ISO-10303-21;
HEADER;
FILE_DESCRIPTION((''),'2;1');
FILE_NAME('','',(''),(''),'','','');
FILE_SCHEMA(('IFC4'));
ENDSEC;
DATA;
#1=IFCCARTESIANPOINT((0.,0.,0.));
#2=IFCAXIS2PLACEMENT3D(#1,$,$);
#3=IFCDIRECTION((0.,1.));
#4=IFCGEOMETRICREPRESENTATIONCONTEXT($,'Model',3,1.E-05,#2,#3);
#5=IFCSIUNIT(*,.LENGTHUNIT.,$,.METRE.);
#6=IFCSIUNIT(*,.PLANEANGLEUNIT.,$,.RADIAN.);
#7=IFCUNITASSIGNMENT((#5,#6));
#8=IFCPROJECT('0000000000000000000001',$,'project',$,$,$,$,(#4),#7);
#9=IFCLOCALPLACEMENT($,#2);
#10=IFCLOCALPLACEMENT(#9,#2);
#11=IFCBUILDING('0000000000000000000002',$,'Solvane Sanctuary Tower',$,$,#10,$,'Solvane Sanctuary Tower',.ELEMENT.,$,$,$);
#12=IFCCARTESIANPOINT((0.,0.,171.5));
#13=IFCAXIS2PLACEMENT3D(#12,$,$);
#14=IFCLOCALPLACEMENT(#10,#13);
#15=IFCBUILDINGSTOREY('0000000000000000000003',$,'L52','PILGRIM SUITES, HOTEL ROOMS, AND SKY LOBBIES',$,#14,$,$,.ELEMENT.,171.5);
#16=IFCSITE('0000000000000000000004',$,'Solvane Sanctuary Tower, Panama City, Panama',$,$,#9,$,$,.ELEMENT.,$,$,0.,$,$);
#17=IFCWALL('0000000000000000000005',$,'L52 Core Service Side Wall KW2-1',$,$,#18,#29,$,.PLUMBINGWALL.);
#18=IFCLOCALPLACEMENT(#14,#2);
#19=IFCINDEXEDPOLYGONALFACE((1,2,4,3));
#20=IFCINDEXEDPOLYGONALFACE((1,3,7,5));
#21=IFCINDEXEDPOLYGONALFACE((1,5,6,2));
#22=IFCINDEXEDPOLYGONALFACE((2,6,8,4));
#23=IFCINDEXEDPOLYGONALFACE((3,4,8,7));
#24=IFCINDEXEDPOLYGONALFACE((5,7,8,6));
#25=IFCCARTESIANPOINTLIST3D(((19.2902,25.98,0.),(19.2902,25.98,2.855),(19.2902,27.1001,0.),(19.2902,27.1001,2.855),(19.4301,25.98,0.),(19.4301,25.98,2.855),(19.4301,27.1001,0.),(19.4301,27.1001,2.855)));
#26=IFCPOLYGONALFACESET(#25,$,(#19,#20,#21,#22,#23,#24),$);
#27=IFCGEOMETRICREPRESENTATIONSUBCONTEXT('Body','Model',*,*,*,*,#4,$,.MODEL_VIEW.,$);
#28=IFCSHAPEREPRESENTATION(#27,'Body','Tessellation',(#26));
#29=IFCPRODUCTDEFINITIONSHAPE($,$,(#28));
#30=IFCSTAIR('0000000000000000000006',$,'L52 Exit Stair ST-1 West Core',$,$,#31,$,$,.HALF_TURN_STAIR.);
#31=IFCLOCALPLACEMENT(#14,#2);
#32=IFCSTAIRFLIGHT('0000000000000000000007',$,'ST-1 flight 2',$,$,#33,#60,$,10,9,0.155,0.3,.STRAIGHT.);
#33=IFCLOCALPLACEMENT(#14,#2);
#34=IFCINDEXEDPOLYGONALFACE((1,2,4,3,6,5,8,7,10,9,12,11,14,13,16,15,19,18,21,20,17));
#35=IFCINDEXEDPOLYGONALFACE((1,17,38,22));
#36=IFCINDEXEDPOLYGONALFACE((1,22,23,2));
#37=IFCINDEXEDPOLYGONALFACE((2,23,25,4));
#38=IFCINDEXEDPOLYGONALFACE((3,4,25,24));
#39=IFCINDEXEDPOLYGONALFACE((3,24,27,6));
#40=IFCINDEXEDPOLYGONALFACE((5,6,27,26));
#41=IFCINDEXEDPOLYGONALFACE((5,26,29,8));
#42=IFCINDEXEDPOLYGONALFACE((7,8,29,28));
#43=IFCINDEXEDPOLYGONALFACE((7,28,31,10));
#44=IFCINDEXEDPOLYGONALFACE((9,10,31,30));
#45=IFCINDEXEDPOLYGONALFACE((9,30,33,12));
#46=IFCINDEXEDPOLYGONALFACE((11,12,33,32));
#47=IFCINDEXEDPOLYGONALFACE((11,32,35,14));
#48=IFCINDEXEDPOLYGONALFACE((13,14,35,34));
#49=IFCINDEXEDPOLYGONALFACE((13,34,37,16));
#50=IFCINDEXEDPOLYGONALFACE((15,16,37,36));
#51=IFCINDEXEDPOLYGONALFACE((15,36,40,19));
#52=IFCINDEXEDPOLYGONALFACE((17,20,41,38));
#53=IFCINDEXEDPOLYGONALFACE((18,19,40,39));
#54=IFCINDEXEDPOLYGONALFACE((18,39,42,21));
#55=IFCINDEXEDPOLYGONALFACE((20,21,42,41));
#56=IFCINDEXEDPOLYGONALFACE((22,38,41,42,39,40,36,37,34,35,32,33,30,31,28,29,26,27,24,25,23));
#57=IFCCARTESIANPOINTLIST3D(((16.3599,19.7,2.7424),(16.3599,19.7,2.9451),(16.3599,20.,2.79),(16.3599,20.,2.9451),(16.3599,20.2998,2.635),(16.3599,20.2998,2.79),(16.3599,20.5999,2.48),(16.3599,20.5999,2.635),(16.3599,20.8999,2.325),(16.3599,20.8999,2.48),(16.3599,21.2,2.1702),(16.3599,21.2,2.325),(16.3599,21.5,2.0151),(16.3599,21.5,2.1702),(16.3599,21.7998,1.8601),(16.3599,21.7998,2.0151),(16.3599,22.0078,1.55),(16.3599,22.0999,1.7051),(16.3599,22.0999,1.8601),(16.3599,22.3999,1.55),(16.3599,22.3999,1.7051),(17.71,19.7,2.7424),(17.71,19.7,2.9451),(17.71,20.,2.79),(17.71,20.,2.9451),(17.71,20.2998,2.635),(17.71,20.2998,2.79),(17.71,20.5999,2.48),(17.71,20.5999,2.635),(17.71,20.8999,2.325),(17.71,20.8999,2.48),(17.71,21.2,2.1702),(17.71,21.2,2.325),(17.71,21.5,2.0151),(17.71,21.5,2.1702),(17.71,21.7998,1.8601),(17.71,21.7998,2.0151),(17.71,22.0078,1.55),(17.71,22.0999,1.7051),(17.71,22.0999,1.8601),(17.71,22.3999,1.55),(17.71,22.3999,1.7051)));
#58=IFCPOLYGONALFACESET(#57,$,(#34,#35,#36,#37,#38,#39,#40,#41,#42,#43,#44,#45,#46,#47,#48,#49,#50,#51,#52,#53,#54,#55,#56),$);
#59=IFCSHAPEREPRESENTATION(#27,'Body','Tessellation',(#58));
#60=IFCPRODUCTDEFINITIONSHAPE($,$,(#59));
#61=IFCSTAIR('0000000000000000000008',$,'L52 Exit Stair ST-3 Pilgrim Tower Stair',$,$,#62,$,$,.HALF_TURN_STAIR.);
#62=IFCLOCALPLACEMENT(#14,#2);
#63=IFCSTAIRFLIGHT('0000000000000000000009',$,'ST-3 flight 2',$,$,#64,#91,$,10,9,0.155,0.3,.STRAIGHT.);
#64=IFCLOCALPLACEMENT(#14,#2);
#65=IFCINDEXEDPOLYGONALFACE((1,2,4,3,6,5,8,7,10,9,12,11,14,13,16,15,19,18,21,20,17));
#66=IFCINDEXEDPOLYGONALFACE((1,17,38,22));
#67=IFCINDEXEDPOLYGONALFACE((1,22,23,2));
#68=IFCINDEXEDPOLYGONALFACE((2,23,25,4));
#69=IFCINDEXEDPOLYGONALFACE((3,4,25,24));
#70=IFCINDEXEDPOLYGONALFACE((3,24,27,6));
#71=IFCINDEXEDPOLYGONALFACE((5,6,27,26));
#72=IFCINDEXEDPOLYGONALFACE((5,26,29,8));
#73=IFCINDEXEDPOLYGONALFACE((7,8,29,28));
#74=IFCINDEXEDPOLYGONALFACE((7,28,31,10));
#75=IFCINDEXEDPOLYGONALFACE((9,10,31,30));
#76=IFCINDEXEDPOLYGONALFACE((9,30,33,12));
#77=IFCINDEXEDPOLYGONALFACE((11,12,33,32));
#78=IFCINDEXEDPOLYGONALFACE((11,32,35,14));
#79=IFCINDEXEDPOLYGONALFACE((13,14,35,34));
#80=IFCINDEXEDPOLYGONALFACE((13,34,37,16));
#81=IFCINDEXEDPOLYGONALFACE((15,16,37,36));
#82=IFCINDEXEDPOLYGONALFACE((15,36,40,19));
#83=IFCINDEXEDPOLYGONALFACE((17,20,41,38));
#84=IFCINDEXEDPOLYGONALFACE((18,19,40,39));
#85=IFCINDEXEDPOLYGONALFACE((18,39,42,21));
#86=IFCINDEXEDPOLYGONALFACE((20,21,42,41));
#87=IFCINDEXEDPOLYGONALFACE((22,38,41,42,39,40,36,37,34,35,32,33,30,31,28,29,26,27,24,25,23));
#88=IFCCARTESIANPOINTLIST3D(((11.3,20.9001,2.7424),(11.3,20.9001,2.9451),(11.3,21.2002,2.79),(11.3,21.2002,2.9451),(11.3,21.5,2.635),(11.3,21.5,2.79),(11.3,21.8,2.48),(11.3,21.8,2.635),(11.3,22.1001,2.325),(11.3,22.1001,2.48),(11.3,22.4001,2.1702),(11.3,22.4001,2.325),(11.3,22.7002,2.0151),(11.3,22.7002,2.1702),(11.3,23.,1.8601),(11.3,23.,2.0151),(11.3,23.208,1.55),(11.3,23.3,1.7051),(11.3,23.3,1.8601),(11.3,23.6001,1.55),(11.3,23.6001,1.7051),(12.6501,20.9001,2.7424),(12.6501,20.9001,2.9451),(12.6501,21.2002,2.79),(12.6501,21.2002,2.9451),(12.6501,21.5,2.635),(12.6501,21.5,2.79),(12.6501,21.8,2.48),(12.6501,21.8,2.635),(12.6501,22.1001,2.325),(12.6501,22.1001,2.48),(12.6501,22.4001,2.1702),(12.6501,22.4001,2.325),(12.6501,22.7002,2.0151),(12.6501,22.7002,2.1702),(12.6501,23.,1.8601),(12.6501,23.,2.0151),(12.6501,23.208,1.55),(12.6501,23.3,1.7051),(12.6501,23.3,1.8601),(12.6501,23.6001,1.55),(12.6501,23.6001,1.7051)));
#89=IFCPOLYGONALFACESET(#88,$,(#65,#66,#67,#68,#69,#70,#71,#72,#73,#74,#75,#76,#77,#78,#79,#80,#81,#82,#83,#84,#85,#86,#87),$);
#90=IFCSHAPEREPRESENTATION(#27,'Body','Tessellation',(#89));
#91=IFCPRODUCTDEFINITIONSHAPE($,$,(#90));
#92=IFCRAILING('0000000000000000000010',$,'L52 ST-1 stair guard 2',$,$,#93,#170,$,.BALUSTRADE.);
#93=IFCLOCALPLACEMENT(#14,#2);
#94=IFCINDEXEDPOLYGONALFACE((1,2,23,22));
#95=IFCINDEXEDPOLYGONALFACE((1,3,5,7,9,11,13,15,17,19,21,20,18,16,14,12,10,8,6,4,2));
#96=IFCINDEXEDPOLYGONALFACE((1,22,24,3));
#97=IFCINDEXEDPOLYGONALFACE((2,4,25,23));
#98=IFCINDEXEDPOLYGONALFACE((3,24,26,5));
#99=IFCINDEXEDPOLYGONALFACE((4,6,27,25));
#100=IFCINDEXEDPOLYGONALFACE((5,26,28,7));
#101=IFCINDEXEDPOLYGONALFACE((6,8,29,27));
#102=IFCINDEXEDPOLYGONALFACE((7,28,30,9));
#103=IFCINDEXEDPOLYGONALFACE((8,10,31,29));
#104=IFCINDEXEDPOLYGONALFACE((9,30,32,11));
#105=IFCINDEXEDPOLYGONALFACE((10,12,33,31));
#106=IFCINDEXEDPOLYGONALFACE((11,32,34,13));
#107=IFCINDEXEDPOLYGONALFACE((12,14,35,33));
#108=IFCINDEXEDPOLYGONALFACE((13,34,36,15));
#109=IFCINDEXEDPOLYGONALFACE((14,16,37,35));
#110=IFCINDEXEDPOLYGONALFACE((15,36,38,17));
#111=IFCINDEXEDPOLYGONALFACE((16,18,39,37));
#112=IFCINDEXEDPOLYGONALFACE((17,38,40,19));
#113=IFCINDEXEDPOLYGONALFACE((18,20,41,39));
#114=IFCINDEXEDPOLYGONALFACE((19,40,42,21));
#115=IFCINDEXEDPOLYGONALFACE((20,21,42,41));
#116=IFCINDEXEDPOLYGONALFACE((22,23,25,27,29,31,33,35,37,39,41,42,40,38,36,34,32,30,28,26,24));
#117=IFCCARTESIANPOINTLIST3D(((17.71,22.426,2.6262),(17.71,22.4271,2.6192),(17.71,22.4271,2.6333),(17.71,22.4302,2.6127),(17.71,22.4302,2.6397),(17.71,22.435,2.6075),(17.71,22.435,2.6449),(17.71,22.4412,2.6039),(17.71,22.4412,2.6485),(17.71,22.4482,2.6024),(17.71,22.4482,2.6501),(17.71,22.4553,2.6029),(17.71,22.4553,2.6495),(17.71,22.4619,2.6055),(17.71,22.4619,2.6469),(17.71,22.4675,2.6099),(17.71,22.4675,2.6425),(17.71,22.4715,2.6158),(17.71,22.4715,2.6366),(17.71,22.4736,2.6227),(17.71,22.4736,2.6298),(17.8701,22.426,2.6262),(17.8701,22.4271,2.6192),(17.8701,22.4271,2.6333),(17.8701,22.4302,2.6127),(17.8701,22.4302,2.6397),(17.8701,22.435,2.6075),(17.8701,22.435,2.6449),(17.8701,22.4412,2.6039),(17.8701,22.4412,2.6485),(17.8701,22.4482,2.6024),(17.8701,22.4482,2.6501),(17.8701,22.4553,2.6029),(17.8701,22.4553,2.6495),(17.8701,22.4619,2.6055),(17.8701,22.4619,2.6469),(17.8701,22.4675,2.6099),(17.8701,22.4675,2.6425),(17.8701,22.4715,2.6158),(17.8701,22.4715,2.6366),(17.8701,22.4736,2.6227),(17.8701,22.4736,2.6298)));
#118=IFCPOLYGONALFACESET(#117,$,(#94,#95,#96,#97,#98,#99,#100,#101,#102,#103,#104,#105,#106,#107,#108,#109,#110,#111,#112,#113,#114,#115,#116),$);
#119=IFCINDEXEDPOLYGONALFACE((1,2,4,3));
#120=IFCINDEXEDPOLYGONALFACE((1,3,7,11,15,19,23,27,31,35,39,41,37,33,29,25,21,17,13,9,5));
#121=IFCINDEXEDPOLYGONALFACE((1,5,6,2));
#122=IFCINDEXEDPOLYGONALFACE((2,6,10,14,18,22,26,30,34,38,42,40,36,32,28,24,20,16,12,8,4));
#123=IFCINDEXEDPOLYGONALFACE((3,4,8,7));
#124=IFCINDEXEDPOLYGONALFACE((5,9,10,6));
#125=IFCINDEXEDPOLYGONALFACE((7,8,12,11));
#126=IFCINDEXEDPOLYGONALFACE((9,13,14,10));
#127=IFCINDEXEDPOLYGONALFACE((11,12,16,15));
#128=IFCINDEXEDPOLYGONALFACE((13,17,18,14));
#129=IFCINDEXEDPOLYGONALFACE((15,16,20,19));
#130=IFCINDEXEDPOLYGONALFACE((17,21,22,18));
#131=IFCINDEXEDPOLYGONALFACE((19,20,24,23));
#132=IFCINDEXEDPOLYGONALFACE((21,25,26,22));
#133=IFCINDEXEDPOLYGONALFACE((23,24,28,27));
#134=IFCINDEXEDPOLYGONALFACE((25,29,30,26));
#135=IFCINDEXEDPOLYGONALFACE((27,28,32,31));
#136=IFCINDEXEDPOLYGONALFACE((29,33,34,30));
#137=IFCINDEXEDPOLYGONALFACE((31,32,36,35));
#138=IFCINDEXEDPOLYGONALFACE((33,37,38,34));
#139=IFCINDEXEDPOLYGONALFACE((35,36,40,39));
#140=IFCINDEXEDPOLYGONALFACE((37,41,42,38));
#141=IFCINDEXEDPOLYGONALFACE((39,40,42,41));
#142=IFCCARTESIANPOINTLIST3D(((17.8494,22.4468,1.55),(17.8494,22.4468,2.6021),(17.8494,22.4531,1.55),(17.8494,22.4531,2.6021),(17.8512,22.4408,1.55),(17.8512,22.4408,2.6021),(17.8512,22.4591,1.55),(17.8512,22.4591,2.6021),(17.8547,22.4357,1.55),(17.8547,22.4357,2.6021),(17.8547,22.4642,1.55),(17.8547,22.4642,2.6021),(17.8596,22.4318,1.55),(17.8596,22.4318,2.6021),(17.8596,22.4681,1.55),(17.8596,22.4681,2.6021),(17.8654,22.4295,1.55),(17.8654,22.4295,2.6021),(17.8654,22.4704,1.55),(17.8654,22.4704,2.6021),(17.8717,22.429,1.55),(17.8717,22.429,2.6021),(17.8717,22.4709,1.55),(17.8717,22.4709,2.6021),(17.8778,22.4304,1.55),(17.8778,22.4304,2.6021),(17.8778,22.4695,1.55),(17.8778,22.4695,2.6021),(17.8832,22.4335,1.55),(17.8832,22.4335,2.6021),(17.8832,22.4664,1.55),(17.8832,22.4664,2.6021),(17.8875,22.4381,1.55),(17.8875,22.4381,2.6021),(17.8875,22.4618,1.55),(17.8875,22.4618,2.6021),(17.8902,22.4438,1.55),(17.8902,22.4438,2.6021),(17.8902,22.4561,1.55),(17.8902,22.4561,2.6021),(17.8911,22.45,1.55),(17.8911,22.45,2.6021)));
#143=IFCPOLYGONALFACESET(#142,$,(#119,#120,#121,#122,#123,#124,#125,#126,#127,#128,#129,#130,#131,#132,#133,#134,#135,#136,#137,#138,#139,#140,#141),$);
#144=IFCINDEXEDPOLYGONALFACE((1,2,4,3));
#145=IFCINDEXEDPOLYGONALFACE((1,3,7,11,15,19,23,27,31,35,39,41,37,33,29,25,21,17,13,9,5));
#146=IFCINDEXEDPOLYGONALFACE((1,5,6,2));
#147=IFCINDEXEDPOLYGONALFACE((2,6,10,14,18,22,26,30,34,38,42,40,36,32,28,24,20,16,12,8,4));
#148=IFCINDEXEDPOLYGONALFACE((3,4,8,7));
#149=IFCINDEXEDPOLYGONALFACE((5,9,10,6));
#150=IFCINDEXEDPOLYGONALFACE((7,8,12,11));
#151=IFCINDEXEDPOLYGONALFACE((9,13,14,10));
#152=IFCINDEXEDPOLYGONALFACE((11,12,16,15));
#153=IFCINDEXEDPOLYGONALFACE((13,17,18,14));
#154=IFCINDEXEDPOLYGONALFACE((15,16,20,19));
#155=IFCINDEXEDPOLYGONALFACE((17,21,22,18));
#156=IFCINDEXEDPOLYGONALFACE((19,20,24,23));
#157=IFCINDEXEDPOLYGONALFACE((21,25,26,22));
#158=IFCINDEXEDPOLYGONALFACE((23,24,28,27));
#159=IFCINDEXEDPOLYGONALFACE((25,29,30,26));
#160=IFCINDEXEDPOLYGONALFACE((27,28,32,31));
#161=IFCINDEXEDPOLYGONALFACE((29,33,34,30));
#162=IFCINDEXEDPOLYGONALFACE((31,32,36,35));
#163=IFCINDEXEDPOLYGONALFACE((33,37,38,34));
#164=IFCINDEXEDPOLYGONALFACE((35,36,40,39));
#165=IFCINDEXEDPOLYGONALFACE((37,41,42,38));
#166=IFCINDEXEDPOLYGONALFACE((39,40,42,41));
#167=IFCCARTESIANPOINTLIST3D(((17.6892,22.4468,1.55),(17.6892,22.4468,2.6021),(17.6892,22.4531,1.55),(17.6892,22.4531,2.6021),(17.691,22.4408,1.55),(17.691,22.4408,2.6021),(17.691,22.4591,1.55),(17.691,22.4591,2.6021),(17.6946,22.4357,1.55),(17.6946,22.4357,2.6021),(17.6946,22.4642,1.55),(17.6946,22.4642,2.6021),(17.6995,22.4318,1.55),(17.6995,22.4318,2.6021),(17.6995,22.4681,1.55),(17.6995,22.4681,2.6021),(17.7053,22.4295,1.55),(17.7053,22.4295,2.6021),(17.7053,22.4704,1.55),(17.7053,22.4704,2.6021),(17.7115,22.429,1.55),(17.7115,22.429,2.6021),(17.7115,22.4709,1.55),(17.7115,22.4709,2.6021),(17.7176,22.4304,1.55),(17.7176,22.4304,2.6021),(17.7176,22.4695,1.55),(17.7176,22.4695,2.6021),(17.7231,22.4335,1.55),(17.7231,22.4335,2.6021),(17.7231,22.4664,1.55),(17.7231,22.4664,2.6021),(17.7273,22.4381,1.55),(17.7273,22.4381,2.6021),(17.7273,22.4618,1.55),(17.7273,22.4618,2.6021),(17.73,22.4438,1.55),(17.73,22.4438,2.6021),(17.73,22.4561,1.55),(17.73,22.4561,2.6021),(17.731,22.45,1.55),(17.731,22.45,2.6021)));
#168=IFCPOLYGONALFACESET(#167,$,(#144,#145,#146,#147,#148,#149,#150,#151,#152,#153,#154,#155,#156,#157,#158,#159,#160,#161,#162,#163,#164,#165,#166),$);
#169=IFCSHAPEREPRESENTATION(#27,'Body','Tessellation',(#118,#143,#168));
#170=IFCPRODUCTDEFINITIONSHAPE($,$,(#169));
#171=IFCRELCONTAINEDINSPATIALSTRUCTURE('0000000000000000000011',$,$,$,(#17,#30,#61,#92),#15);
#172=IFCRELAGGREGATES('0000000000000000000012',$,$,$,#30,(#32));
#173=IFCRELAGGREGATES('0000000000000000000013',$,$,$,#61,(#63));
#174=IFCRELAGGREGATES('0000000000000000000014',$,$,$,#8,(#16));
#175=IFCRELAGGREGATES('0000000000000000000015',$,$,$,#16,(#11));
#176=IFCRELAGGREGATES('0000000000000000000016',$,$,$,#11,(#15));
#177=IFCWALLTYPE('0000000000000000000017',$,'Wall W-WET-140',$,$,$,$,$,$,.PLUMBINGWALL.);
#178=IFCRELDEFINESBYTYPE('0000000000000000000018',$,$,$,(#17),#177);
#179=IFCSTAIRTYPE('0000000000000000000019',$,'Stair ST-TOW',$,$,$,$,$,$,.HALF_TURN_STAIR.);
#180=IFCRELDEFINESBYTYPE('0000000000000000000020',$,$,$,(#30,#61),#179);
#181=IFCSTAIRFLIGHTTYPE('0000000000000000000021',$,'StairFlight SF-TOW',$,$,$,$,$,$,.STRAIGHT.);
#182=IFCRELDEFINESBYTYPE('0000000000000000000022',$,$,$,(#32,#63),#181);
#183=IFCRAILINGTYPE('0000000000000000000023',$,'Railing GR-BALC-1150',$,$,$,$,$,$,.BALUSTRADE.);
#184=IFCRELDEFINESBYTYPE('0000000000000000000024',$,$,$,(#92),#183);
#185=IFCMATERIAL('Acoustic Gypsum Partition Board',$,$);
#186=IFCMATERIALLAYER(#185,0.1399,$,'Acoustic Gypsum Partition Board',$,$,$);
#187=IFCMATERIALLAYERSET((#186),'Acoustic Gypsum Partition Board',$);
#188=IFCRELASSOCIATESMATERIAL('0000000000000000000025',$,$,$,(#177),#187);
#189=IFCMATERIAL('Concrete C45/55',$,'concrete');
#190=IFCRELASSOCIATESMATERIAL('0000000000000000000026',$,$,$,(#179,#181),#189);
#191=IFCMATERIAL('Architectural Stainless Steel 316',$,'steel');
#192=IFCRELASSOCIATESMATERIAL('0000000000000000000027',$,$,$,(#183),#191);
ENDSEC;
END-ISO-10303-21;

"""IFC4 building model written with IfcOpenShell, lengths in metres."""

from ifc_helpers import new_model, si_unit, direction, frame, frame_2d, origin, origin_2d, place, context, subcontext, project, spatial, polyline, rectangle, circle, outline, extrude, material, layer, layer_set, type_object, element, aggregate, save


model = new_model("IFC4")

# Units and contexts
model_context = context("Model", 3, precision=1e-05, world=origin(), true_north=direction((0.0, 1.0)))
body_context = subcontext(model_context, "Body", "Model", "MODEL_VIEW")
ifc_project = project(units=[si_unit("LENGTHUNIT", "METRE"), si_unit("PLANEANGLEUNIT", "RADIAN")], contexts=[model_context])

# Site, building, storey
site_placement = place(None, origin())
site = spatial("IfcSite", under=ifc_project, at=site_placement, Name="Solvane Sanctuary Tower, Panama City, Panama", CompositionType="ELEMENT", RefElevation=0.0)
building_placement = place(site_placement, origin())
building = spatial("IfcBuilding", under=site, at=building_placement, Name="Solvane Sanctuary Tower", LongName="Solvane Sanctuary Tower", CompositionType="ELEMENT")
storey_placement = place(building_placement, frame((0.0, 0.0, 171.5)))
storey = spatial("IfcBuildingStorey", under=building, at=storey_placement, Name="L52", Description="PILGRIM SUITES, HOTEL ROOMS, AND SKY LOBBIES", CompositionType="ELEMENT", Elevation=171.5)

# Shared definitions
ifc_material_1 = material(Name="Acoustic Gypsum Partition Board")

# Shared definitions
ifc_material_2 = material(Name="Architectural Stainless Steel 316", Category="steel")

# Wall
ifc_layer_1 = layer(ifc_material_1, 0.1399, Name="Acoustic Gypsum Partition Board")
ifc_layer_set_1 = layer_set([ifc_layer_1], Name="Acoustic Gypsum Partition Board")
wall_type_1 = type_object("IfcWallType", Name="Wall W-WET-140", PredefinedType="PLUMBINGWALL", material=ifc_layer_set_1)
wall_1_placement = place(storey_placement, frame((19.3601, 25.98, 0.0), z_axis=(0.0, 0.0, 1.0), x_axis=(0.0, 1.0, 0.0)))
element("IfcWall", 1, at=wall_1_placement, inside=storey, type_object=wall_type_1, Name="L52 Core Service Side Wall KW2-1", PredefinedType="PLUMBINGWALL", context=body_context, shape_type="SweptSolid", body=[
    extrude(rectangle(XDim=1.1201, YDim=0.1399, at=frame_2d((0.5601, 0.0))), origin(), (0.0, 0.0, 1.0), 2.855),
])

# Stairs, stair flights
ifc_material_3 = material(Name="Concrete C45/55", Category="concrete")
stair_type = type_object("IfcStairType", Name="Stair ST-TOW", PredefinedType="HALF_TURN_STAIR", material=ifc_material_3)
stair_1_placement = place(storey_placement, origin())
stair_1 = element("IfcStair", 2, at=stair_1_placement, inside=storey, type_object=stair_type, Name="L52 Exit Stair ST-1 West Core", PredefinedType="HALF_TURN_STAIR")
stair_flight_type = type_object("IfcStairFlightType", Name="StairFlight SF-TOW", PredefinedType="STRAIGHT", material=ifc_material_3)
stair_flight_1_placement = place(storey_placement, frame((17.0349, 22.3999, 1.55), z_axis=(0.0, 0.0, 1.0), x_axis=(0.0, -1.0, 0.0)))
stair_flight_1 = element("IfcStairFlight", 3, at=stair_flight_1_placement, type_object=stair_flight_type, Name="ST-1 flight 2", NumberOfRisers=10, NumberOfTreads=9, PredefinedType="STRAIGHT", RiserHeight=0.155, TreadLength=0.3, context=body_context, shape_type="SweptSolid", body=[
    extrude(outline(polyline([(0.0, 0.0), (0.0, 0.155), (0.3, 0.155), (0.3, 0.3101), (0.6001, 0.3101), (0.6001, 0.4651), (0.8999, 0.4651), (0.8999, 0.6201), (1.2, 0.6201), (1.2, 0.7749), (1.5, 0.7749), (1.5, 0.9299), (1.8, 0.9299), (1.8, 1.085), (2.1001, 1.085), (2.1001, 1.24), (2.3999, 1.24), (2.3999, 1.395), (2.7, 1.395), (2.7, 1.55), (2.7, 1.1924), (0.3921, 0.0), (0.0, 0.0)])), frame((0.0, 0.675, 0.0), z_axis=(0.0, -1.0, 0.0), x_axis=(1.0, 0.0, 0.0)), (0.0, 0.0, 1.0), 1.3501),
])
aggregate(stair_1, [stair_flight_1])
stair_2_placement = place(storey_placement, origin())
stair_2 = element("IfcStair", 4, at=stair_2_placement, inside=storey, type_object=stair_type, Name="L52 Exit Stair ST-3 Pilgrim Tower Stair", PredefinedType="HALF_TURN_STAIR")
stair_flight_2_placement = place(storey_placement, frame((11.9751, 23.6001, 1.55), z_axis=(0.0, 0.0, 1.0), x_axis=(0.0, -1.0, 0.0)))
stair_flight_2 = element("IfcStairFlight", 5, at=stair_flight_2_placement, type_object=stair_flight_type, Name="ST-3 flight 2", NumberOfRisers=10, NumberOfTreads=9, PredefinedType="STRAIGHT", RiserHeight=0.155, TreadLength=0.3, context=body_context, shape_type="SweptSolid", body=[
    extrude(outline(polyline([(0.0, 0.0), (0.0, 0.155), (0.3, 0.155), (0.3, 0.3101), (0.6001, 0.3101), (0.6001, 0.4651), (0.8999, 0.4651), (0.8999, 0.6201), (1.2, 0.6201), (1.2, 0.7749), (1.5, 0.7749), (1.5, 0.9299), (1.8, 0.9299), (1.8, 1.085), (2.1001, 1.085), (2.1001, 1.24), (2.3999, 1.24), (2.3999, 1.395), (2.7, 1.395), (2.7, 1.55), (2.7, 1.1924), (0.3921, 0.0), (0.0, 0.0)])), frame((0.0, 0.675, 0.0), z_axis=(0.0, -1.0, 0.0), x_axis=(1.0, 0.0, 0.0)), (0.0, 0.0, 1.0), 1.3501),
])
aggregate(stair_2, [stair_flight_2])

# Railing
railing_type_1 = type_object("IfcRailingType", Name="Railing GR-BALC-1150", PredefinedType="BALUSTRADE", material=ifc_material_2)
railing_1_placement = place(storey_placement, frame((17.8701, 22.45, 1.55)))
element("IfcRailing", 6, at=railing_1_placement, inside=storey, type_object=railing_type_1, Name="L52 ST-1 stair guard 2", PredefinedType="BALUSTRADE", context=body_context, shape_type="SweptSolid", body=[
    extrude(circle(Radius=0.0239, at=origin_2d()), frame((0.0, 0.0, 1.0762), z_axis=(-1.0, 0.0, 0.0), x_axis=(0.0, -1.0, 0.0)), (0.0, 0.0, 1.0), 0.1602),
    extrude(circle(Radius=0.021, at=origin_2d()), origin(), (0.0, 0.0, 1.0), 1.052),
    extrude(circle(Radius=0.021, at=origin_2d()), frame((-0.1602, 0.0, 0.0)), (0.0, 0.0, 1.0), 1.052),
])

save(model, "model.ifc")
